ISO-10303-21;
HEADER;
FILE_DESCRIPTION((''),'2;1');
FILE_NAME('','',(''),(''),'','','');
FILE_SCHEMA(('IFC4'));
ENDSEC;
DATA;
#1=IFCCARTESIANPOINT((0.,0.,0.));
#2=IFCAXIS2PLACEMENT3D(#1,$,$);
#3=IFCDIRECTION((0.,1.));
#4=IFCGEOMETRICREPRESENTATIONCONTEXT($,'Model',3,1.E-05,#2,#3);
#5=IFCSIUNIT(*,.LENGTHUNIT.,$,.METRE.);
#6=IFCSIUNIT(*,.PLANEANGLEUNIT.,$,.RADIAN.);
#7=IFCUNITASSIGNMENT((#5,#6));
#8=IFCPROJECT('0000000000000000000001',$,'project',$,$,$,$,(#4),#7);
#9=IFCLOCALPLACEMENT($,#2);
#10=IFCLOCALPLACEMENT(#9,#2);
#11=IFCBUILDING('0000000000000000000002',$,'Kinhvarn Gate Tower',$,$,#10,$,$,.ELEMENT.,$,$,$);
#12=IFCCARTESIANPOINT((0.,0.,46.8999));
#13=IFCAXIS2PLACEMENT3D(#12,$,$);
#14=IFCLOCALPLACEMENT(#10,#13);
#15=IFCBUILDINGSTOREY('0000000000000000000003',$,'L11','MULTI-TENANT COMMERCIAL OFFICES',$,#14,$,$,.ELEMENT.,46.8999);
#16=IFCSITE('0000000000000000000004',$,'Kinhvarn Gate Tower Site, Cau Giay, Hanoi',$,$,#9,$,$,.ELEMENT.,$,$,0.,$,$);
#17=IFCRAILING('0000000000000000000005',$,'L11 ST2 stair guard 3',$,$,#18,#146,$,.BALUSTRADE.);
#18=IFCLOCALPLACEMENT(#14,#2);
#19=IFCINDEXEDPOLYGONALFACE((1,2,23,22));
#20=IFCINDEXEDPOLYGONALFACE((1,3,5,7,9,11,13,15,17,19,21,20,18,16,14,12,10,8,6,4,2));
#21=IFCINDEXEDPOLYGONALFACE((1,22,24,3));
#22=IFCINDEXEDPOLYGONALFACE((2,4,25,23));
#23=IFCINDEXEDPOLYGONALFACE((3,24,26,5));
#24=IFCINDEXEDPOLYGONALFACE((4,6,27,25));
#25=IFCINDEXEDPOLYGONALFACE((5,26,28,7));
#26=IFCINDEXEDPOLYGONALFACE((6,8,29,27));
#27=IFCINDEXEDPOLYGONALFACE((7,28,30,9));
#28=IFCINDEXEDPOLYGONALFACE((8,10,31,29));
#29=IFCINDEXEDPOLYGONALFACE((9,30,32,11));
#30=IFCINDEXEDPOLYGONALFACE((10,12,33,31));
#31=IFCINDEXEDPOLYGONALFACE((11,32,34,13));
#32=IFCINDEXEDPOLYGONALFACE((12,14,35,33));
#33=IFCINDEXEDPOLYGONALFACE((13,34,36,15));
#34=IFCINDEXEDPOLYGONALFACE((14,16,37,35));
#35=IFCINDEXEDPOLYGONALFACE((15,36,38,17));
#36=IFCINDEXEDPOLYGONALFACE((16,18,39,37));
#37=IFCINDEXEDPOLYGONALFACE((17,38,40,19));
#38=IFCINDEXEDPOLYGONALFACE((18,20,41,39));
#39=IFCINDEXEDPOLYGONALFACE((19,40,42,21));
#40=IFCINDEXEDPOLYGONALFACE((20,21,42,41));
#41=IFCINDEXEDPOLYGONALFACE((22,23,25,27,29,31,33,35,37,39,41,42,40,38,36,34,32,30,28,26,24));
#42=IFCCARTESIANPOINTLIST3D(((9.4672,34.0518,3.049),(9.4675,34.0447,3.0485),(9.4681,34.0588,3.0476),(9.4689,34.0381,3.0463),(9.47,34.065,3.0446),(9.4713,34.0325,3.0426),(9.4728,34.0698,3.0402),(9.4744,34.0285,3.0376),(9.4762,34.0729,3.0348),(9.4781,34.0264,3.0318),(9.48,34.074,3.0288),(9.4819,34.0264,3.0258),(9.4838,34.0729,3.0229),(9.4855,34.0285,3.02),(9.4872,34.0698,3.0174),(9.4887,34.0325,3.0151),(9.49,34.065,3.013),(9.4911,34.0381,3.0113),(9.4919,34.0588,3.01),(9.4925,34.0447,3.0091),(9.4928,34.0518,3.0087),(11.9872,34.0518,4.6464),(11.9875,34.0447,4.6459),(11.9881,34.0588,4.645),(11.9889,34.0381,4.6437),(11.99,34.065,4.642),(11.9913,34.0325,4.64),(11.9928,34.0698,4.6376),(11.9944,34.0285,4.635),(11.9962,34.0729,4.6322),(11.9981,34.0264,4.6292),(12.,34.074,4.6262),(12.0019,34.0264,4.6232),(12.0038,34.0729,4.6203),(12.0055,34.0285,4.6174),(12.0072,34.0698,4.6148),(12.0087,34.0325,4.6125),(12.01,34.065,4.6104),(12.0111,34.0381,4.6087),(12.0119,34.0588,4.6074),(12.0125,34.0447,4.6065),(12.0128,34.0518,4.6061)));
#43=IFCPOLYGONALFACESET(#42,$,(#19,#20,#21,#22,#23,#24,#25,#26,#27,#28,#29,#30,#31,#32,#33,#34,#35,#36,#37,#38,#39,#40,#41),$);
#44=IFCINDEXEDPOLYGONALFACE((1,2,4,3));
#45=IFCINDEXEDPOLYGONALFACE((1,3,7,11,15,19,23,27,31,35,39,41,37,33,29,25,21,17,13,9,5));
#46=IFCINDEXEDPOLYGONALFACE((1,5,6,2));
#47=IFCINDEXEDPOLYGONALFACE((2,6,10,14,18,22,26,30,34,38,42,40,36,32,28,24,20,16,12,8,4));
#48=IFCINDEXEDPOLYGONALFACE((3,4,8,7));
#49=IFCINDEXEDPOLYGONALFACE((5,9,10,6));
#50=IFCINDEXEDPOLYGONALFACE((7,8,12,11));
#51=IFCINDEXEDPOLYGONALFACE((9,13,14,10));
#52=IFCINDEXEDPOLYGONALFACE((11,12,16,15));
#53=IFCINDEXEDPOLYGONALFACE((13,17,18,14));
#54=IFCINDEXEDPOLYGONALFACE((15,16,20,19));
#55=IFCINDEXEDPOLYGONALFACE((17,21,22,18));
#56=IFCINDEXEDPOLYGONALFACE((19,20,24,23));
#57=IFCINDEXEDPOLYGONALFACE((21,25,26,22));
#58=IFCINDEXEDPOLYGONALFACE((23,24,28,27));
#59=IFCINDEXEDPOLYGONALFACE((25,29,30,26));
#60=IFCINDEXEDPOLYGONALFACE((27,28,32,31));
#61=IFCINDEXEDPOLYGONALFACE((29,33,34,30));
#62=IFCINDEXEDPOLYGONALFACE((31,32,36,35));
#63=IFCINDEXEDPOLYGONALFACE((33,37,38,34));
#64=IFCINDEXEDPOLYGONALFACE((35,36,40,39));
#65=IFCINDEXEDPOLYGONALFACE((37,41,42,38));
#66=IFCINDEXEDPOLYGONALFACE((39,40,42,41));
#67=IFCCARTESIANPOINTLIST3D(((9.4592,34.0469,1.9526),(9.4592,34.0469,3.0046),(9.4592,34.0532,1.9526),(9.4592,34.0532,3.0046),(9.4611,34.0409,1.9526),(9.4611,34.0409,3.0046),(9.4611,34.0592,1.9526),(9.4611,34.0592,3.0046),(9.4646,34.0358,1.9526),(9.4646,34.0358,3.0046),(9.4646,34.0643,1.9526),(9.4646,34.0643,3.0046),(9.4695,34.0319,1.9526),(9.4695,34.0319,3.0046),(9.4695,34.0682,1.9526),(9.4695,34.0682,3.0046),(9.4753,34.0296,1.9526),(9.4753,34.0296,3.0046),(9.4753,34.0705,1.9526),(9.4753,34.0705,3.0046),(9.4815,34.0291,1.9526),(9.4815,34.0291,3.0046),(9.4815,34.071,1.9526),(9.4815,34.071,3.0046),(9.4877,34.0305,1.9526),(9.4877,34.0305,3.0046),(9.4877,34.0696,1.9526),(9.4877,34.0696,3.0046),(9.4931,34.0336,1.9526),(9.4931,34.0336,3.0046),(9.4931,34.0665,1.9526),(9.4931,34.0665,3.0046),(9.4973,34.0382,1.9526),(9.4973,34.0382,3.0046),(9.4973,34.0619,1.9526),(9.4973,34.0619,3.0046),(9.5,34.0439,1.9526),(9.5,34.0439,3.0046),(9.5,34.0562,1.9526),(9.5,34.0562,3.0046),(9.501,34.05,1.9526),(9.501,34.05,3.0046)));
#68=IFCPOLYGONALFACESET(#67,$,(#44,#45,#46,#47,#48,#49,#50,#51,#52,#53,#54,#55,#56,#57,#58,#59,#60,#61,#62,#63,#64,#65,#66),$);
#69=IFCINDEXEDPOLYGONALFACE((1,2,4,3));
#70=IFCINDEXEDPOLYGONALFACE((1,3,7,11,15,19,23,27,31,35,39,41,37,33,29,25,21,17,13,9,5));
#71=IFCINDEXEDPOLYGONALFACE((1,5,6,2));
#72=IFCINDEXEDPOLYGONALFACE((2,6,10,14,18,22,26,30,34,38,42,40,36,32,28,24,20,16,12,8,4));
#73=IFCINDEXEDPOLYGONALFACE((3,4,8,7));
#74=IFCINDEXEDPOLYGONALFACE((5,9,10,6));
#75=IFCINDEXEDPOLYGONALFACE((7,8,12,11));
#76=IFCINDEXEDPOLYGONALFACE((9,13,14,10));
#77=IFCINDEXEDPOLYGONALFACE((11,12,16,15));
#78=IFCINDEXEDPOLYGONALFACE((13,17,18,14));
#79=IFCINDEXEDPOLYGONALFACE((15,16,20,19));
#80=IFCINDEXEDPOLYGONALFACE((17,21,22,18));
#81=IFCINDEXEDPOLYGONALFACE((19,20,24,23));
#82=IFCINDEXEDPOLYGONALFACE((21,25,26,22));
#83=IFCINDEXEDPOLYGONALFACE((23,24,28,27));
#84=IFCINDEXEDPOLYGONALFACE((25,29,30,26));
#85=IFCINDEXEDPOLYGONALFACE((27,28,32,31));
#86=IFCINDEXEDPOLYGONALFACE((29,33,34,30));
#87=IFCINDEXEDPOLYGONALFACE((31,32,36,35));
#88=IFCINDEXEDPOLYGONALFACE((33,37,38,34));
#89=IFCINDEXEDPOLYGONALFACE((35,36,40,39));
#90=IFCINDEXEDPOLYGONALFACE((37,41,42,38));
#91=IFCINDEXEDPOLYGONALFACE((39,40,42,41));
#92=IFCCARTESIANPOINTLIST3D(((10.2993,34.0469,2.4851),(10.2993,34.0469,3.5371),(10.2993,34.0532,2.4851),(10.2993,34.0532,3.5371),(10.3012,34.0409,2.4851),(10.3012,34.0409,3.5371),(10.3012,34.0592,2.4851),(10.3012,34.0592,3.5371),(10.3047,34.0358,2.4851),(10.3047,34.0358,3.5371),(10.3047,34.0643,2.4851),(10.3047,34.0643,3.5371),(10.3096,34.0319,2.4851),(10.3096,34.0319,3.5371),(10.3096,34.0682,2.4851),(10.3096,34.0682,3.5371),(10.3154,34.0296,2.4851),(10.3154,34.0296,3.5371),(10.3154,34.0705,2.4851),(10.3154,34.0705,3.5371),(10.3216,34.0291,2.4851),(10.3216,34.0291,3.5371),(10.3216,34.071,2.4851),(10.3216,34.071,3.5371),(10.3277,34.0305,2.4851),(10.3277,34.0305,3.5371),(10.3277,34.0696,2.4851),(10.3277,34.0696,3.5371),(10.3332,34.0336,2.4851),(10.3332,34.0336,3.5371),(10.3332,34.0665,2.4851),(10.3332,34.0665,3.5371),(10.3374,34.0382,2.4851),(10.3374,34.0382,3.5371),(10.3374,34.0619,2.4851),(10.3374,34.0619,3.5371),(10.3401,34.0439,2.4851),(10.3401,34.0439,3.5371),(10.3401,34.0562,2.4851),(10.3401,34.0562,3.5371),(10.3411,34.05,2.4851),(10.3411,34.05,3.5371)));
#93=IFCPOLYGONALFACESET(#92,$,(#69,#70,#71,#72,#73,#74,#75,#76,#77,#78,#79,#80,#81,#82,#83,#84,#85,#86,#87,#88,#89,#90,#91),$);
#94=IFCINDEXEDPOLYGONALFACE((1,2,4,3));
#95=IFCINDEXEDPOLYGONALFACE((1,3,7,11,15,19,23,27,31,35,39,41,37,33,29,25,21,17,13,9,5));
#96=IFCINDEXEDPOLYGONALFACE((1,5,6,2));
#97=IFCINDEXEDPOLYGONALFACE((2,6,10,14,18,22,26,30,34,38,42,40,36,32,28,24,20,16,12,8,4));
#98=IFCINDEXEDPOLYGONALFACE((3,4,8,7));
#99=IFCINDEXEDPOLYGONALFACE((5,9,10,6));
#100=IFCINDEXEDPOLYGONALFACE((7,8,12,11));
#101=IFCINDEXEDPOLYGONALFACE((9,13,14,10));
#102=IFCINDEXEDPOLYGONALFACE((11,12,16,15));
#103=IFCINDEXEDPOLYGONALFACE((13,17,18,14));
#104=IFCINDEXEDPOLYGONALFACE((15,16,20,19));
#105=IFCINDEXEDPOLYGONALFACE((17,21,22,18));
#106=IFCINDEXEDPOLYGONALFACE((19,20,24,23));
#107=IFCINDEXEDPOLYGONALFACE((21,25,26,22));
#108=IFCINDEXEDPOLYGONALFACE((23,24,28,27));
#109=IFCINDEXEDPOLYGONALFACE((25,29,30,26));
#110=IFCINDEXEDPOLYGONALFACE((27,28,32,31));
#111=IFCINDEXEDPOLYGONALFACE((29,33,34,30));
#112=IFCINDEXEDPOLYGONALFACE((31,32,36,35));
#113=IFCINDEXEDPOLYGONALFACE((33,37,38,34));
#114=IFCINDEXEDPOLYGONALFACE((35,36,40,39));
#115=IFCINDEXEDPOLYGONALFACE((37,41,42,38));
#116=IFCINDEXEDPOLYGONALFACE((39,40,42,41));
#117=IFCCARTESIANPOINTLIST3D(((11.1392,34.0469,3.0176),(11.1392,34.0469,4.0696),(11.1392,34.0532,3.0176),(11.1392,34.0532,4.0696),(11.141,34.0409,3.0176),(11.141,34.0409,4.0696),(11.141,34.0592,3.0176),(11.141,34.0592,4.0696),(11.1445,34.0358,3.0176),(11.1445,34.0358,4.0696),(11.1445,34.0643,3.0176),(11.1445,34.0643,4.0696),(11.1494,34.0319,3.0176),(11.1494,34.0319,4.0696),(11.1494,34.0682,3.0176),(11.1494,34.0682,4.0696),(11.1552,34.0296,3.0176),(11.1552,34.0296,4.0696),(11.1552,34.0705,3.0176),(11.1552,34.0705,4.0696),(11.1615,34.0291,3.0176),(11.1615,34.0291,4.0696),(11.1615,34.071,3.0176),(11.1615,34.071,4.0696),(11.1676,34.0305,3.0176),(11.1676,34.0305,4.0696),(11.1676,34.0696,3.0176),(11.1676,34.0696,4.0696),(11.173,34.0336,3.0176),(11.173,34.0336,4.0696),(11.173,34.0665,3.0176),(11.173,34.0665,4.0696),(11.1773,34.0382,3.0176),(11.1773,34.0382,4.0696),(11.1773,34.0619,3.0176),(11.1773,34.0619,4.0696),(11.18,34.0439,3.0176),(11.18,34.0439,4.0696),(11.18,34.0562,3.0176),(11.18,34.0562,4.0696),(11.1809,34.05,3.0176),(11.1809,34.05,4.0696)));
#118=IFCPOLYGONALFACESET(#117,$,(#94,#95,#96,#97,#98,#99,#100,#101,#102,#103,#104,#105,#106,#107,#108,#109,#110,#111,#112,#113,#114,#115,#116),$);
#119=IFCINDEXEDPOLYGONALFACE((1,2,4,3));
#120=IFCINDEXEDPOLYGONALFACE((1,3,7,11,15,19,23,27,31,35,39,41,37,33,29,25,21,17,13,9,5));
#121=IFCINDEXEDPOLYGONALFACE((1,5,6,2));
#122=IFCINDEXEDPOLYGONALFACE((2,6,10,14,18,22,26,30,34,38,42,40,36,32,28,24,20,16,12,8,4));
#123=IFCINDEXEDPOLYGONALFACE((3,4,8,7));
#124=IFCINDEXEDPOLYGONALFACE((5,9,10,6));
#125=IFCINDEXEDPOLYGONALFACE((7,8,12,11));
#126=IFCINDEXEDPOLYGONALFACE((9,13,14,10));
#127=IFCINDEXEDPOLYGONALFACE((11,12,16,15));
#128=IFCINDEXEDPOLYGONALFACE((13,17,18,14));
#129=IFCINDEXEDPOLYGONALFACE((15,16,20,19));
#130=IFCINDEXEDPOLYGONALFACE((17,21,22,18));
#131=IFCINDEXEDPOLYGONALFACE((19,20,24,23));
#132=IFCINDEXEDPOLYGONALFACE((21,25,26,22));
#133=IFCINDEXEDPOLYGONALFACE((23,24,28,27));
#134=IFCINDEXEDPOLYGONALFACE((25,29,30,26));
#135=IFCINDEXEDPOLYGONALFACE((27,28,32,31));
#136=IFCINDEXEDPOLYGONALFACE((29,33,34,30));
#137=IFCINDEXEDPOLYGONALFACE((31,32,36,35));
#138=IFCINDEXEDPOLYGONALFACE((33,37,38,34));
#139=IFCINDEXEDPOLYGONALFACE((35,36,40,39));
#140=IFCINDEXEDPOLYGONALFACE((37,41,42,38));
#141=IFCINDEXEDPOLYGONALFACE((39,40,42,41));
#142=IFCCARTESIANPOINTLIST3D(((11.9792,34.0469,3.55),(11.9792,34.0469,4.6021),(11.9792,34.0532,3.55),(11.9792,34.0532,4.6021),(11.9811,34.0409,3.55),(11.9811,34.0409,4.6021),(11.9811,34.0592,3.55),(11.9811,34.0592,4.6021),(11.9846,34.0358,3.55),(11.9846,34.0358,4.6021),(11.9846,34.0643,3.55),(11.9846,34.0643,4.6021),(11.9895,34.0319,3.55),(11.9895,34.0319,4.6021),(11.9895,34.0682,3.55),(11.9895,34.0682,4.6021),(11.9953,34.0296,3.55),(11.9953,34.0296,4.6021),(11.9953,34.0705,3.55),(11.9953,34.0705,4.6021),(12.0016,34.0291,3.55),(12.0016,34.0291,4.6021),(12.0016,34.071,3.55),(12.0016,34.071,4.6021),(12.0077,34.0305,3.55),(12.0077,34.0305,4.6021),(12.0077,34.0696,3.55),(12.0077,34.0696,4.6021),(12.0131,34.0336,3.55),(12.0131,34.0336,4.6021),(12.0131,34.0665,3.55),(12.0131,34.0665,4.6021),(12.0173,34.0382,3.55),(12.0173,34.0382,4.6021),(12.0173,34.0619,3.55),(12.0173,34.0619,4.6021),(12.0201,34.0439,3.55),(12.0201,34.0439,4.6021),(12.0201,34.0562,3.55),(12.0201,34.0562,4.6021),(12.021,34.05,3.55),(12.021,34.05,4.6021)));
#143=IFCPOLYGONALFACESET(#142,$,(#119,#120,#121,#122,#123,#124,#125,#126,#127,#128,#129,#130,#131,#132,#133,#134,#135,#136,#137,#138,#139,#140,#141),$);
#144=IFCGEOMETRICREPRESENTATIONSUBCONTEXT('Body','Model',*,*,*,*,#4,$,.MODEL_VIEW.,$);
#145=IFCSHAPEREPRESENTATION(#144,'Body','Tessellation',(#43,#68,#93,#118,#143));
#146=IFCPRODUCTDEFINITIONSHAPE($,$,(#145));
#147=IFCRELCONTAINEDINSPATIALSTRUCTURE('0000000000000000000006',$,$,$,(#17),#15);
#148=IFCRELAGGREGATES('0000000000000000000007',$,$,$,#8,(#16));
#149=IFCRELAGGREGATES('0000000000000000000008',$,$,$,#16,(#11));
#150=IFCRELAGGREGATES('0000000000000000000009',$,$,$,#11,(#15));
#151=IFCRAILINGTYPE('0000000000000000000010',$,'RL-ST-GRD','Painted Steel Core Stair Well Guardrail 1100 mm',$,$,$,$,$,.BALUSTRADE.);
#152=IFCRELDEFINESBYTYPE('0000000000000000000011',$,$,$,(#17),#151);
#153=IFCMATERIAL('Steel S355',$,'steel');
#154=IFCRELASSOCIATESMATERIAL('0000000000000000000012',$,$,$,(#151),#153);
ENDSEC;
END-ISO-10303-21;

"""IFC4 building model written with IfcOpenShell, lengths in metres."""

from ifc_helpers import new_model, si_unit, direction, frame, origin, origin_2d, place, context, subcontext, project, spatial, circle, extrude, material, type_object, element, save


model = new_model("IFC4")

# Units and contexts
model_context = context("Model", 3, precision=1e-05, world=origin(), true_north=direction((0.0, 1.0)))
body_context = subcontext(model_context, "Body", "Model", "MODEL_VIEW")
ifc_project = project(units=[si_unit("LENGTHUNIT", "METRE"), si_unit("PLANEANGLEUNIT", "RADIAN")], contexts=[model_context])

# Site, building, storey
site_placement = place(None, origin())
site = spatial("IfcSite", under=ifc_project, at=site_placement, Name="Kinhvarn Gate Tower Site, Cau Giay, Hanoi", CompositionType="ELEMENT", RefElevation=0.0)
building_placement = place(site_placement, origin())
building = spatial("IfcBuilding", under=site, at=building_placement, Name="Kinhvarn Gate Tower", CompositionType="ELEMENT")
storey_placement = place(building_placement, frame((0.0, 0.0, 46.8999)))
storey = spatial("IfcBuildingStorey", under=building, at=storey_placement, Name="L11", Description="MULTI-TENANT COMMERCIAL OFFICES", CompositionType="ELEMENT", Elevation=46.8999)

# Shared definitions
ifc_material_1 = material(Name="Steel S355", Category="steel")

# Railing
railing_type_1 = type_object("IfcRailingType", Name="RL-ST-GRD", Description="Painted Steel Core Stair Well Guardrail 1100 mm", PredefinedType="BALUSTRADE", material=ifc_material_1)
railing_1_placement = place(storey_placement, frame((9.48, 34.05, 1.9526)))
element("IfcRailing", 1, at=railing_1_placement, inside=storey, type_object=railing_type_1, Name="L11 ST2 stair guard 3", PredefinedType="BALUSTRADE", context=body_context, shape_type="SweptSolid", body=[
    extrude(circle(Radius=0.0239, at=origin_2d()), frame((0.0, 0.0, 1.0762), z_axis=(0.844607, 0.0, 0.535387), x_axis=(0.0, 1.0, 0.0)), (0.0, 0.0, 1.0), 2.9836),
    extrude(circle(Radius=0.021, at=origin_2d()), origin(), (0.0, 0.0, 1.0), 1.052),
    extrude(circle(Radius=0.021, at=origin_2d()), frame((0.8401, 0.0, 0.5325)), (0.0, 0.0, 1.0), 1.052),
    extrude(circle(Radius=0.021, at=origin_2d()), frame((1.6799, 0.0, 1.0649)), (0.0, 0.0, 1.0), 1.052),
    extrude(circle(Radius=0.021, at=origin_2d()), frame((2.52, 0.0, 1.5974)), (0.0, 0.0, 1.0), 1.052),
])

save(model, "model.ifc")
